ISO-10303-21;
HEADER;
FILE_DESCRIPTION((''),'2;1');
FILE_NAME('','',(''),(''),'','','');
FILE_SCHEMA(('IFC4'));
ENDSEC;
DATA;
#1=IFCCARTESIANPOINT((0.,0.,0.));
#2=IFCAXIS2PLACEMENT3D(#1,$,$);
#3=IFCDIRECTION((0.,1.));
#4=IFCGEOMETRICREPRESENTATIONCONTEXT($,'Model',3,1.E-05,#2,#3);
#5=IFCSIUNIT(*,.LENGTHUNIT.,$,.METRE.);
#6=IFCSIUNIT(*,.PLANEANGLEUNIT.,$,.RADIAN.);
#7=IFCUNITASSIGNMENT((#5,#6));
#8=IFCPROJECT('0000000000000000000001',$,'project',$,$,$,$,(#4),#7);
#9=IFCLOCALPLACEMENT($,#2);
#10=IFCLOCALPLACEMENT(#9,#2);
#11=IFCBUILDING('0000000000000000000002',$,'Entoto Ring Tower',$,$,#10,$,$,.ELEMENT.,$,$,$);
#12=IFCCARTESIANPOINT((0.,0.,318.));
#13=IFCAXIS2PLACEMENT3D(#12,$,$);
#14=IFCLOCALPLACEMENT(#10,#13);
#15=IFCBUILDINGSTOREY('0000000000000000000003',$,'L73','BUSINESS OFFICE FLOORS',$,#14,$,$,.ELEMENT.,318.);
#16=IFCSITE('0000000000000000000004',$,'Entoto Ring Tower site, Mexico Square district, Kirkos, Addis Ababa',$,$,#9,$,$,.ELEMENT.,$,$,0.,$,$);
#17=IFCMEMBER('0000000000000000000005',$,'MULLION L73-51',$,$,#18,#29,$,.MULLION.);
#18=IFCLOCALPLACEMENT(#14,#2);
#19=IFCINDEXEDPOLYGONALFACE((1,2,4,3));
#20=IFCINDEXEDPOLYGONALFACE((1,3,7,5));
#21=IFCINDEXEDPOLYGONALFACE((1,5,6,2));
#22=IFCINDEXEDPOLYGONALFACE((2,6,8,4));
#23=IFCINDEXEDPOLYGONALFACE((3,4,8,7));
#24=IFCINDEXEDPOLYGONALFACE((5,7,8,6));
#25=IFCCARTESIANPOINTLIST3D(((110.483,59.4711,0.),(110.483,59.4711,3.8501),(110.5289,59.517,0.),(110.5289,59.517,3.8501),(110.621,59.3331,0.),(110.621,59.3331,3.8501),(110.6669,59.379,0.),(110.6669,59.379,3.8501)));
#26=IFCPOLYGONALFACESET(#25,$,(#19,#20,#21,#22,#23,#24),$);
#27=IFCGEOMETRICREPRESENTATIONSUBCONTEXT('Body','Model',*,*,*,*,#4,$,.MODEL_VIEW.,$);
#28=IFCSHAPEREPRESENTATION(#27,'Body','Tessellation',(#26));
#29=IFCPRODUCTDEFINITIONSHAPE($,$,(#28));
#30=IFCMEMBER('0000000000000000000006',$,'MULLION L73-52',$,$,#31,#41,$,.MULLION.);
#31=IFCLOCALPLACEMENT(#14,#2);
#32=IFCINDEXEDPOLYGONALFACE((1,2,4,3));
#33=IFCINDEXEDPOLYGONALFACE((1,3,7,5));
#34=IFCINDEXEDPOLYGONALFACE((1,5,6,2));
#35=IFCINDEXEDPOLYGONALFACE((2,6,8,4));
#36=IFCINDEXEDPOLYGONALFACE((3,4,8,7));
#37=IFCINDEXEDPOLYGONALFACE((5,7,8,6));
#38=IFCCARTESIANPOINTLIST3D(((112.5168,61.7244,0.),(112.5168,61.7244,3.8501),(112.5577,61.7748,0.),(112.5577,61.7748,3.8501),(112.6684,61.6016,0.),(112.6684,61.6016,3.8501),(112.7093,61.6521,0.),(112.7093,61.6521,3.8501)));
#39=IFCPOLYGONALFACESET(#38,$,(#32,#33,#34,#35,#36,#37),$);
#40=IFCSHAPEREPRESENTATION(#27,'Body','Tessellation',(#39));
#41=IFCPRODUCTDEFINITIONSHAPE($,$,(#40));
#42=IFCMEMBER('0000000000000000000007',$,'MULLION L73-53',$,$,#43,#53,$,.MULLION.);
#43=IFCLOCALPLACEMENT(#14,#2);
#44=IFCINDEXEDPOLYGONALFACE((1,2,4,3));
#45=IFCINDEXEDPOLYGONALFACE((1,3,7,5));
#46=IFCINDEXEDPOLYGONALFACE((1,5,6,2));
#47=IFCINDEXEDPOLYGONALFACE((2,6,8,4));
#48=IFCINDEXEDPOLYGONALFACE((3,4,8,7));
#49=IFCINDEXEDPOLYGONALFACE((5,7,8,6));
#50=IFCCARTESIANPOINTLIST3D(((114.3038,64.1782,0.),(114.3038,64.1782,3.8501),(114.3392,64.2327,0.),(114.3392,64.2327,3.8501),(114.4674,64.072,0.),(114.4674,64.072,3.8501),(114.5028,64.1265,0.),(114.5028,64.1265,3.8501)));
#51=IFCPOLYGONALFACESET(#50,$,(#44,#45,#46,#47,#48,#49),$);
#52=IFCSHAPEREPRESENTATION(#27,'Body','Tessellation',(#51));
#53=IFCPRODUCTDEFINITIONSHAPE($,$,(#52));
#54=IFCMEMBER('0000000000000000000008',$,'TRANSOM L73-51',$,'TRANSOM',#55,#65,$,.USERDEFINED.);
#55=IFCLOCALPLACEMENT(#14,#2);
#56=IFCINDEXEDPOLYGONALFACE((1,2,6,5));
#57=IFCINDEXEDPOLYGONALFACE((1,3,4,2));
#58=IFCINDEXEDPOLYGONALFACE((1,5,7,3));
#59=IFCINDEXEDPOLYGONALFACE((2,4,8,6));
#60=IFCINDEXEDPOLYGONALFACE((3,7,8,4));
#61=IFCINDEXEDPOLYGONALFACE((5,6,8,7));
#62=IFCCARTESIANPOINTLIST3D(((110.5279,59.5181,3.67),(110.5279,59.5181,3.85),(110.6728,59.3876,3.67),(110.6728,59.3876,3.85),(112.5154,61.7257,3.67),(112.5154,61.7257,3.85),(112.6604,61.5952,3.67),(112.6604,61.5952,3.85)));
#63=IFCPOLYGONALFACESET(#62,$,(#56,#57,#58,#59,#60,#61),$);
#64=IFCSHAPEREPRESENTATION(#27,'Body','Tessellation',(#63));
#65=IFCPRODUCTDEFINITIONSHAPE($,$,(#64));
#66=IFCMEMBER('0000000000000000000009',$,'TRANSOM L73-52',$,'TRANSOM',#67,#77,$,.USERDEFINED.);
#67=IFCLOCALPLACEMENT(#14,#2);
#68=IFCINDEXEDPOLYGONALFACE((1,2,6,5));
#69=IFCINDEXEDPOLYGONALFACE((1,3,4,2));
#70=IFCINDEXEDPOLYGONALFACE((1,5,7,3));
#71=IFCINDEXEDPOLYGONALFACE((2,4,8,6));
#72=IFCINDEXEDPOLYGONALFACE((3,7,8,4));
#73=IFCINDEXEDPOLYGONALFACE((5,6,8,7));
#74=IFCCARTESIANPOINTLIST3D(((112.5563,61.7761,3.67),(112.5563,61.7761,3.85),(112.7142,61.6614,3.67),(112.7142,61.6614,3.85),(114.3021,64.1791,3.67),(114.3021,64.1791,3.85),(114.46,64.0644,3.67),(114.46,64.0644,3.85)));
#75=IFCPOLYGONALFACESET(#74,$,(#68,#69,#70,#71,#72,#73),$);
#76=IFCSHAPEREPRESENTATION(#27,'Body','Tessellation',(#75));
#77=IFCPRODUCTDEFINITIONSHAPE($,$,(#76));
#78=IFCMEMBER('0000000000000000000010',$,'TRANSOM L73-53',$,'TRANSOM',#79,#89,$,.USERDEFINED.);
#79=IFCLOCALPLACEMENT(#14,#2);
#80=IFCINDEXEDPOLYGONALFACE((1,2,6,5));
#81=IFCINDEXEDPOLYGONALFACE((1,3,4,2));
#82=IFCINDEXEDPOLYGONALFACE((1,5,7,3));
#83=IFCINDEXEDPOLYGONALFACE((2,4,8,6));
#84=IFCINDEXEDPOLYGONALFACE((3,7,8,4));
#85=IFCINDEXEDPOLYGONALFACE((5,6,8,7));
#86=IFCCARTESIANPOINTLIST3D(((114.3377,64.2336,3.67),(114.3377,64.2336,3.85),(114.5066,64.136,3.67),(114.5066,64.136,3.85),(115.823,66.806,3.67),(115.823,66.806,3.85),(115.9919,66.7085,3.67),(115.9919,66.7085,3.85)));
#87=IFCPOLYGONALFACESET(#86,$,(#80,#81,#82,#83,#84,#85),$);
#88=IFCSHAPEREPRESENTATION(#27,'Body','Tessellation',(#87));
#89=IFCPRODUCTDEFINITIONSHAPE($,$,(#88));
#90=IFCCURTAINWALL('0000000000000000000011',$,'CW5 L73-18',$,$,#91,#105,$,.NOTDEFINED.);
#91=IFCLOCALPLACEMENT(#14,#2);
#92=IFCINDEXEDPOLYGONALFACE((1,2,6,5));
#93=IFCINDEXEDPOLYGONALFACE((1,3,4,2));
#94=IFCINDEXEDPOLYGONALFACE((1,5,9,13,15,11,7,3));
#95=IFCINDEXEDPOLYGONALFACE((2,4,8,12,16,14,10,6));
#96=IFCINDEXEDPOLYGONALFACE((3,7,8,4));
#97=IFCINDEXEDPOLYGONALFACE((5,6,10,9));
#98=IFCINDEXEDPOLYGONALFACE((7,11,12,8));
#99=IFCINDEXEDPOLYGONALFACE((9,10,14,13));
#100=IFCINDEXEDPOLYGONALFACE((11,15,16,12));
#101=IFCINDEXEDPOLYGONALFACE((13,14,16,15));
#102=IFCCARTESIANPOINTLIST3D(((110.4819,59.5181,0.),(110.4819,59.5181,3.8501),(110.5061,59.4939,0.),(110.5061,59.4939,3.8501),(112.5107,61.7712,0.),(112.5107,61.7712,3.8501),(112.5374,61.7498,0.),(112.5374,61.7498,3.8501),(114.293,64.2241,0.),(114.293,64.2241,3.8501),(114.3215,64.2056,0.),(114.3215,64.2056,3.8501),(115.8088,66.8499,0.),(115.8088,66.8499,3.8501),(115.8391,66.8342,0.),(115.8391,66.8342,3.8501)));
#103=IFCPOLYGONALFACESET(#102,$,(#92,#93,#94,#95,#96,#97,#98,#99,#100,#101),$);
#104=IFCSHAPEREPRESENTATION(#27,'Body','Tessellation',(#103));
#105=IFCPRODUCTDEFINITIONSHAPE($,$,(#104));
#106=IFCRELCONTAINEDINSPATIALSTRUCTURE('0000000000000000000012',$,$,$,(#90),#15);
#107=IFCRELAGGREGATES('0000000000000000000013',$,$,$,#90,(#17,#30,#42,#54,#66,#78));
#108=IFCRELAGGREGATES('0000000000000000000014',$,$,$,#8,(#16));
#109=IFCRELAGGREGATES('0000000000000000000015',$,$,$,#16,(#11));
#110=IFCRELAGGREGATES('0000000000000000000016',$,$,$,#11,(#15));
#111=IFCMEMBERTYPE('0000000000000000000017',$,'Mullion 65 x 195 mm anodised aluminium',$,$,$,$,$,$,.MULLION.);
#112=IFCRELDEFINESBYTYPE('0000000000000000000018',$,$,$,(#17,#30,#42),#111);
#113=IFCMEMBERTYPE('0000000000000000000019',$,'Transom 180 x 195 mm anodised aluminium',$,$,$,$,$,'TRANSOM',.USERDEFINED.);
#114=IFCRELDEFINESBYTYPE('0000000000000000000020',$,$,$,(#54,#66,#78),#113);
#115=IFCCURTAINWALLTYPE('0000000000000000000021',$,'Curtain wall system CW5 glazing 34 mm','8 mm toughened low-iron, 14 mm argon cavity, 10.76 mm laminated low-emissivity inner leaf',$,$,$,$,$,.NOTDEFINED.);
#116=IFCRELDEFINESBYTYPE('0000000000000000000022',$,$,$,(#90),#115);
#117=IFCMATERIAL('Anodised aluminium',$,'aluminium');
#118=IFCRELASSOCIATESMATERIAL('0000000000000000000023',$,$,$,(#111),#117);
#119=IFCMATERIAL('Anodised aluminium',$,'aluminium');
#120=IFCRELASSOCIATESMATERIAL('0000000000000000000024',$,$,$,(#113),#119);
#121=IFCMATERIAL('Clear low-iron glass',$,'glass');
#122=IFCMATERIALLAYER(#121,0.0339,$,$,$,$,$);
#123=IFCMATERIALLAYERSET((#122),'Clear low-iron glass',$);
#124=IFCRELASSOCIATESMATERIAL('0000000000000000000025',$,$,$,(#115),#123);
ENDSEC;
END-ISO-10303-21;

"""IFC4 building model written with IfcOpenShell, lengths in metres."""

from ifc_helpers import new_model, si_unit, direction, frame, origin, origin_2d, place, context, subcontext, project, spatial, polyline, rectangle, outline, extrude, material, layer, layer_set, material_profile, profile_set, type_object, element, aggregate, save


model = new_model("IFC4")

# Units and contexts
model_context = context("Model", 3, precision=1e-05, world=origin(), true_north=direction((0.0, 1.0)))
body_context = subcontext(model_context, "Body", "Model", "MODEL_VIEW")
ifc_project = project(units=[si_unit("LENGTHUNIT", "METRE"), si_unit("PLANEANGLEUNIT", "RADIAN")], contexts=[model_context])

# Members
ifc_material_1 = material(Name="Anodised aluminium", Category="aluminium")
ifc_material_profile_1 = material_profile(ifc_material_1, rectangle(XDim=0.0649, YDim=0.1951, at=origin_2d()), Name="Mullion 65 x 195 mm anodised aluminium")
ifc_profile_set_1 = profile_set([ifc_material_profile_1], Name="Anodised aluminium")
member_type_1 = type_object("IfcMemberType", Name="Mullion 65 x 195 mm anodised aluminium", PredefinedType="MULLION", material=ifc_profile_set_1)
site_placement = place(None, origin())
building_placement = place(site_placement, origin())
storey_placement = place(building_placement, frame((0.0, 0.0, 318.0)))
member_1_placement = place(storey_placement, frame((110.575, 59.425, 0.0), z_axis=(0.0, 0.0, 1.0), x_axis=(0.707107, 0.707107, 0.0)))
member_1 = element("IfcMember", 1, at=member_1_placement, type_object=member_type_1, Name="MULLION L73-51", PredefinedType="MULLION", context=body_context, shape_type="SweptSolid", body=[
    extrude(rectangle(XDim=0.0649, YDim=0.1951, at=origin_2d()), origin(), (0.0, 0.0, 1.0), 3.8501),
])
member_2_placement = place(storey_placement, frame((112.613, 61.6882, 0.0), z_axis=(0.0, 0.0, 1.0), x_axis=(0.62932, 0.777146, 0.0)))
member_2 = element("IfcMember", 2, at=member_2_placement, type_object=member_type_1, Name="MULLION L73-52", PredefinedType="MULLION", context=body_context, shape_type="SweptSolid", body=[
    extrude(rectangle(XDim=0.0649, YDim=0.1951, at=origin_2d()), origin(), (0.0, 0.0, 1.0), 3.8501),
])
member_3_placement = place(storey_placement, frame((114.4033, 64.1523, 0.0), z_axis=(0.0, 0.0, 1.0), x_axis=(0.544639, 0.838671, 0.0)))
member_3 = element("IfcMember", 3, at=member_3_placement, type_object=member_type_1, Name="MULLION L73-53", PredefinedType="MULLION", context=body_context, shape_type="SweptSolid", body=[
    extrude(rectangle(XDim=0.0649, YDim=0.1951, at=origin_2d()), origin(), (0.0, 0.0, 1.0), 3.8501),
])
ifc_material_2 = material(Name="Anodised aluminium", Category="aluminium")
ifc_material_profile_2 = material_profile(ifc_material_2, rectangle(XDim=0.1951, YDim=0.1799, at=origin_2d()), Name="Transom 180 x 195 mm anodised aluminium")
ifc_profile_set_2 = profile_set([ifc_material_profile_2], Name="Anodised aluminium")
member_type_2 = type_object("IfcMemberType", Name="Transom 180 x 195 mm anodised aluminium", ElementType="TRANSOM", PredefinedType="USERDEFINED", material=ifc_profile_set_2)
member_4_placement = place(storey_placement, frame((110.6003, 59.4529, 3.76), z_axis=(0.66911, 0.743163, 0.0), x_axis=(-0.743163, 0.66911, 0.0)))
member_4 = element("IfcMember", 4, at=member_4_placement, type_object=member_type_2, Name="TRANSOM L73-51", ObjectType="TRANSOM", PredefinedType="USERDEFINED", context=body_context, shape_type="SweptSolid", body=[
    extrude(rectangle(XDim=0.1951, YDim=0.1799, at=origin_2d()), origin(), (0.0, 0.0, 1.0), 2.9705),
])
member_5_placement = place(storey_placement, frame((112.6353, 61.7188, 3.76), z_axis=(0.587766, 0.809031, 0.0), x_axis=(-0.809031, 0.587766, 0.0)))
member_5 = element("IfcMember", 5, at=member_5_placement, type_object=member_type_2, Name="TRANSOM L73-52", ObjectType="TRANSOM", PredefinedType="USERDEFINED", context=body_context, shape_type="SweptSolid", body=[
    extrude(rectangle(XDim=0.1951, YDim=0.1799, at=origin_2d()), origin(), (0.0, 0.0, 1.0), 2.9702),
])
member_6_placement = place(storey_placement, frame((114.4221, 64.1848, 3.76), z_axis=(0.500028, 0.866009, 0.0), x_axis=(-0.866009, 0.500028, 0.0)))
member_6 = element("IfcMember", 6, at=member_6_placement, type_object=member_type_2, Name="TRANSOM L73-53", ObjectType="TRANSOM", PredefinedType="USERDEFINED", context=body_context, shape_type="SweptSolid", body=[
    extrude(rectangle(XDim=0.1951, YDim=0.1799, at=origin_2d()), origin(), (0.0, 0.0, 1.0), 2.9705),
])

# Site, building, storey
site = spatial("IfcSite", under=ifc_project, at=site_placement, Name="Entoto Ring Tower site, Mexico Square district, Kirkos, Addis Ababa", CompositionType="ELEMENT", RefElevation=0.0)
building = spatial("IfcBuilding", under=site, at=building_placement, Name="Entoto Ring Tower", CompositionType="ELEMENT")
storey = spatial("IfcBuildingStorey", under=building, at=storey_placement, Name="L73", Description="BUSINESS OFFICE FLOORS", CompositionType="ELEMENT", Elevation=318.0)

# Curtain wall
ifc_material_3 = material(Name="Clear low-iron glass", Category="glass")
ifc_layer_1 = layer(ifc_material_3, 0.0339)
ifc_layer_set_1 = layer_set([ifc_layer_1], Name="Clear low-iron glass")
curtain_wall_type = type_object("IfcCurtainWallType", Name="Curtain wall system CW5 glazing 34 mm", Description="8 mm toughened low-iron, 14 mm argon cavity, 10.76 mm laminated low-emissivity inner leaf", PredefinedType="NOTDEFINED", material=ifc_layer_set_1)
curtain_wall_1_placement = place(storey_placement, origin())
curtain_wall_1 = element("IfcCurtainWall", 7, at=curtain_wall_1_placement, inside=storey, type_object=curtain_wall_type, Name="CW5 L73-18", PredefinedType="NOTDEFINED", context=body_context, shape_type="SweptSolid", body=[
    extrude(outline(polyline([(110.5061, 59.4939), (112.5374, 61.7498), (114.3215, 64.2056), (115.8391, 66.8342), (115.8088, 66.8499), (114.293, 64.2241), (112.5107, 61.7712), (110.4819, 59.5181), (110.5061, 59.4939)])), origin(), (0.0, 0.0, 1.0), 3.8501),
])
aggregate(curtain_wall_1, [member_1, member_2, member_3, member_4, member_5, member_6])

save(model, "model.ifc")
